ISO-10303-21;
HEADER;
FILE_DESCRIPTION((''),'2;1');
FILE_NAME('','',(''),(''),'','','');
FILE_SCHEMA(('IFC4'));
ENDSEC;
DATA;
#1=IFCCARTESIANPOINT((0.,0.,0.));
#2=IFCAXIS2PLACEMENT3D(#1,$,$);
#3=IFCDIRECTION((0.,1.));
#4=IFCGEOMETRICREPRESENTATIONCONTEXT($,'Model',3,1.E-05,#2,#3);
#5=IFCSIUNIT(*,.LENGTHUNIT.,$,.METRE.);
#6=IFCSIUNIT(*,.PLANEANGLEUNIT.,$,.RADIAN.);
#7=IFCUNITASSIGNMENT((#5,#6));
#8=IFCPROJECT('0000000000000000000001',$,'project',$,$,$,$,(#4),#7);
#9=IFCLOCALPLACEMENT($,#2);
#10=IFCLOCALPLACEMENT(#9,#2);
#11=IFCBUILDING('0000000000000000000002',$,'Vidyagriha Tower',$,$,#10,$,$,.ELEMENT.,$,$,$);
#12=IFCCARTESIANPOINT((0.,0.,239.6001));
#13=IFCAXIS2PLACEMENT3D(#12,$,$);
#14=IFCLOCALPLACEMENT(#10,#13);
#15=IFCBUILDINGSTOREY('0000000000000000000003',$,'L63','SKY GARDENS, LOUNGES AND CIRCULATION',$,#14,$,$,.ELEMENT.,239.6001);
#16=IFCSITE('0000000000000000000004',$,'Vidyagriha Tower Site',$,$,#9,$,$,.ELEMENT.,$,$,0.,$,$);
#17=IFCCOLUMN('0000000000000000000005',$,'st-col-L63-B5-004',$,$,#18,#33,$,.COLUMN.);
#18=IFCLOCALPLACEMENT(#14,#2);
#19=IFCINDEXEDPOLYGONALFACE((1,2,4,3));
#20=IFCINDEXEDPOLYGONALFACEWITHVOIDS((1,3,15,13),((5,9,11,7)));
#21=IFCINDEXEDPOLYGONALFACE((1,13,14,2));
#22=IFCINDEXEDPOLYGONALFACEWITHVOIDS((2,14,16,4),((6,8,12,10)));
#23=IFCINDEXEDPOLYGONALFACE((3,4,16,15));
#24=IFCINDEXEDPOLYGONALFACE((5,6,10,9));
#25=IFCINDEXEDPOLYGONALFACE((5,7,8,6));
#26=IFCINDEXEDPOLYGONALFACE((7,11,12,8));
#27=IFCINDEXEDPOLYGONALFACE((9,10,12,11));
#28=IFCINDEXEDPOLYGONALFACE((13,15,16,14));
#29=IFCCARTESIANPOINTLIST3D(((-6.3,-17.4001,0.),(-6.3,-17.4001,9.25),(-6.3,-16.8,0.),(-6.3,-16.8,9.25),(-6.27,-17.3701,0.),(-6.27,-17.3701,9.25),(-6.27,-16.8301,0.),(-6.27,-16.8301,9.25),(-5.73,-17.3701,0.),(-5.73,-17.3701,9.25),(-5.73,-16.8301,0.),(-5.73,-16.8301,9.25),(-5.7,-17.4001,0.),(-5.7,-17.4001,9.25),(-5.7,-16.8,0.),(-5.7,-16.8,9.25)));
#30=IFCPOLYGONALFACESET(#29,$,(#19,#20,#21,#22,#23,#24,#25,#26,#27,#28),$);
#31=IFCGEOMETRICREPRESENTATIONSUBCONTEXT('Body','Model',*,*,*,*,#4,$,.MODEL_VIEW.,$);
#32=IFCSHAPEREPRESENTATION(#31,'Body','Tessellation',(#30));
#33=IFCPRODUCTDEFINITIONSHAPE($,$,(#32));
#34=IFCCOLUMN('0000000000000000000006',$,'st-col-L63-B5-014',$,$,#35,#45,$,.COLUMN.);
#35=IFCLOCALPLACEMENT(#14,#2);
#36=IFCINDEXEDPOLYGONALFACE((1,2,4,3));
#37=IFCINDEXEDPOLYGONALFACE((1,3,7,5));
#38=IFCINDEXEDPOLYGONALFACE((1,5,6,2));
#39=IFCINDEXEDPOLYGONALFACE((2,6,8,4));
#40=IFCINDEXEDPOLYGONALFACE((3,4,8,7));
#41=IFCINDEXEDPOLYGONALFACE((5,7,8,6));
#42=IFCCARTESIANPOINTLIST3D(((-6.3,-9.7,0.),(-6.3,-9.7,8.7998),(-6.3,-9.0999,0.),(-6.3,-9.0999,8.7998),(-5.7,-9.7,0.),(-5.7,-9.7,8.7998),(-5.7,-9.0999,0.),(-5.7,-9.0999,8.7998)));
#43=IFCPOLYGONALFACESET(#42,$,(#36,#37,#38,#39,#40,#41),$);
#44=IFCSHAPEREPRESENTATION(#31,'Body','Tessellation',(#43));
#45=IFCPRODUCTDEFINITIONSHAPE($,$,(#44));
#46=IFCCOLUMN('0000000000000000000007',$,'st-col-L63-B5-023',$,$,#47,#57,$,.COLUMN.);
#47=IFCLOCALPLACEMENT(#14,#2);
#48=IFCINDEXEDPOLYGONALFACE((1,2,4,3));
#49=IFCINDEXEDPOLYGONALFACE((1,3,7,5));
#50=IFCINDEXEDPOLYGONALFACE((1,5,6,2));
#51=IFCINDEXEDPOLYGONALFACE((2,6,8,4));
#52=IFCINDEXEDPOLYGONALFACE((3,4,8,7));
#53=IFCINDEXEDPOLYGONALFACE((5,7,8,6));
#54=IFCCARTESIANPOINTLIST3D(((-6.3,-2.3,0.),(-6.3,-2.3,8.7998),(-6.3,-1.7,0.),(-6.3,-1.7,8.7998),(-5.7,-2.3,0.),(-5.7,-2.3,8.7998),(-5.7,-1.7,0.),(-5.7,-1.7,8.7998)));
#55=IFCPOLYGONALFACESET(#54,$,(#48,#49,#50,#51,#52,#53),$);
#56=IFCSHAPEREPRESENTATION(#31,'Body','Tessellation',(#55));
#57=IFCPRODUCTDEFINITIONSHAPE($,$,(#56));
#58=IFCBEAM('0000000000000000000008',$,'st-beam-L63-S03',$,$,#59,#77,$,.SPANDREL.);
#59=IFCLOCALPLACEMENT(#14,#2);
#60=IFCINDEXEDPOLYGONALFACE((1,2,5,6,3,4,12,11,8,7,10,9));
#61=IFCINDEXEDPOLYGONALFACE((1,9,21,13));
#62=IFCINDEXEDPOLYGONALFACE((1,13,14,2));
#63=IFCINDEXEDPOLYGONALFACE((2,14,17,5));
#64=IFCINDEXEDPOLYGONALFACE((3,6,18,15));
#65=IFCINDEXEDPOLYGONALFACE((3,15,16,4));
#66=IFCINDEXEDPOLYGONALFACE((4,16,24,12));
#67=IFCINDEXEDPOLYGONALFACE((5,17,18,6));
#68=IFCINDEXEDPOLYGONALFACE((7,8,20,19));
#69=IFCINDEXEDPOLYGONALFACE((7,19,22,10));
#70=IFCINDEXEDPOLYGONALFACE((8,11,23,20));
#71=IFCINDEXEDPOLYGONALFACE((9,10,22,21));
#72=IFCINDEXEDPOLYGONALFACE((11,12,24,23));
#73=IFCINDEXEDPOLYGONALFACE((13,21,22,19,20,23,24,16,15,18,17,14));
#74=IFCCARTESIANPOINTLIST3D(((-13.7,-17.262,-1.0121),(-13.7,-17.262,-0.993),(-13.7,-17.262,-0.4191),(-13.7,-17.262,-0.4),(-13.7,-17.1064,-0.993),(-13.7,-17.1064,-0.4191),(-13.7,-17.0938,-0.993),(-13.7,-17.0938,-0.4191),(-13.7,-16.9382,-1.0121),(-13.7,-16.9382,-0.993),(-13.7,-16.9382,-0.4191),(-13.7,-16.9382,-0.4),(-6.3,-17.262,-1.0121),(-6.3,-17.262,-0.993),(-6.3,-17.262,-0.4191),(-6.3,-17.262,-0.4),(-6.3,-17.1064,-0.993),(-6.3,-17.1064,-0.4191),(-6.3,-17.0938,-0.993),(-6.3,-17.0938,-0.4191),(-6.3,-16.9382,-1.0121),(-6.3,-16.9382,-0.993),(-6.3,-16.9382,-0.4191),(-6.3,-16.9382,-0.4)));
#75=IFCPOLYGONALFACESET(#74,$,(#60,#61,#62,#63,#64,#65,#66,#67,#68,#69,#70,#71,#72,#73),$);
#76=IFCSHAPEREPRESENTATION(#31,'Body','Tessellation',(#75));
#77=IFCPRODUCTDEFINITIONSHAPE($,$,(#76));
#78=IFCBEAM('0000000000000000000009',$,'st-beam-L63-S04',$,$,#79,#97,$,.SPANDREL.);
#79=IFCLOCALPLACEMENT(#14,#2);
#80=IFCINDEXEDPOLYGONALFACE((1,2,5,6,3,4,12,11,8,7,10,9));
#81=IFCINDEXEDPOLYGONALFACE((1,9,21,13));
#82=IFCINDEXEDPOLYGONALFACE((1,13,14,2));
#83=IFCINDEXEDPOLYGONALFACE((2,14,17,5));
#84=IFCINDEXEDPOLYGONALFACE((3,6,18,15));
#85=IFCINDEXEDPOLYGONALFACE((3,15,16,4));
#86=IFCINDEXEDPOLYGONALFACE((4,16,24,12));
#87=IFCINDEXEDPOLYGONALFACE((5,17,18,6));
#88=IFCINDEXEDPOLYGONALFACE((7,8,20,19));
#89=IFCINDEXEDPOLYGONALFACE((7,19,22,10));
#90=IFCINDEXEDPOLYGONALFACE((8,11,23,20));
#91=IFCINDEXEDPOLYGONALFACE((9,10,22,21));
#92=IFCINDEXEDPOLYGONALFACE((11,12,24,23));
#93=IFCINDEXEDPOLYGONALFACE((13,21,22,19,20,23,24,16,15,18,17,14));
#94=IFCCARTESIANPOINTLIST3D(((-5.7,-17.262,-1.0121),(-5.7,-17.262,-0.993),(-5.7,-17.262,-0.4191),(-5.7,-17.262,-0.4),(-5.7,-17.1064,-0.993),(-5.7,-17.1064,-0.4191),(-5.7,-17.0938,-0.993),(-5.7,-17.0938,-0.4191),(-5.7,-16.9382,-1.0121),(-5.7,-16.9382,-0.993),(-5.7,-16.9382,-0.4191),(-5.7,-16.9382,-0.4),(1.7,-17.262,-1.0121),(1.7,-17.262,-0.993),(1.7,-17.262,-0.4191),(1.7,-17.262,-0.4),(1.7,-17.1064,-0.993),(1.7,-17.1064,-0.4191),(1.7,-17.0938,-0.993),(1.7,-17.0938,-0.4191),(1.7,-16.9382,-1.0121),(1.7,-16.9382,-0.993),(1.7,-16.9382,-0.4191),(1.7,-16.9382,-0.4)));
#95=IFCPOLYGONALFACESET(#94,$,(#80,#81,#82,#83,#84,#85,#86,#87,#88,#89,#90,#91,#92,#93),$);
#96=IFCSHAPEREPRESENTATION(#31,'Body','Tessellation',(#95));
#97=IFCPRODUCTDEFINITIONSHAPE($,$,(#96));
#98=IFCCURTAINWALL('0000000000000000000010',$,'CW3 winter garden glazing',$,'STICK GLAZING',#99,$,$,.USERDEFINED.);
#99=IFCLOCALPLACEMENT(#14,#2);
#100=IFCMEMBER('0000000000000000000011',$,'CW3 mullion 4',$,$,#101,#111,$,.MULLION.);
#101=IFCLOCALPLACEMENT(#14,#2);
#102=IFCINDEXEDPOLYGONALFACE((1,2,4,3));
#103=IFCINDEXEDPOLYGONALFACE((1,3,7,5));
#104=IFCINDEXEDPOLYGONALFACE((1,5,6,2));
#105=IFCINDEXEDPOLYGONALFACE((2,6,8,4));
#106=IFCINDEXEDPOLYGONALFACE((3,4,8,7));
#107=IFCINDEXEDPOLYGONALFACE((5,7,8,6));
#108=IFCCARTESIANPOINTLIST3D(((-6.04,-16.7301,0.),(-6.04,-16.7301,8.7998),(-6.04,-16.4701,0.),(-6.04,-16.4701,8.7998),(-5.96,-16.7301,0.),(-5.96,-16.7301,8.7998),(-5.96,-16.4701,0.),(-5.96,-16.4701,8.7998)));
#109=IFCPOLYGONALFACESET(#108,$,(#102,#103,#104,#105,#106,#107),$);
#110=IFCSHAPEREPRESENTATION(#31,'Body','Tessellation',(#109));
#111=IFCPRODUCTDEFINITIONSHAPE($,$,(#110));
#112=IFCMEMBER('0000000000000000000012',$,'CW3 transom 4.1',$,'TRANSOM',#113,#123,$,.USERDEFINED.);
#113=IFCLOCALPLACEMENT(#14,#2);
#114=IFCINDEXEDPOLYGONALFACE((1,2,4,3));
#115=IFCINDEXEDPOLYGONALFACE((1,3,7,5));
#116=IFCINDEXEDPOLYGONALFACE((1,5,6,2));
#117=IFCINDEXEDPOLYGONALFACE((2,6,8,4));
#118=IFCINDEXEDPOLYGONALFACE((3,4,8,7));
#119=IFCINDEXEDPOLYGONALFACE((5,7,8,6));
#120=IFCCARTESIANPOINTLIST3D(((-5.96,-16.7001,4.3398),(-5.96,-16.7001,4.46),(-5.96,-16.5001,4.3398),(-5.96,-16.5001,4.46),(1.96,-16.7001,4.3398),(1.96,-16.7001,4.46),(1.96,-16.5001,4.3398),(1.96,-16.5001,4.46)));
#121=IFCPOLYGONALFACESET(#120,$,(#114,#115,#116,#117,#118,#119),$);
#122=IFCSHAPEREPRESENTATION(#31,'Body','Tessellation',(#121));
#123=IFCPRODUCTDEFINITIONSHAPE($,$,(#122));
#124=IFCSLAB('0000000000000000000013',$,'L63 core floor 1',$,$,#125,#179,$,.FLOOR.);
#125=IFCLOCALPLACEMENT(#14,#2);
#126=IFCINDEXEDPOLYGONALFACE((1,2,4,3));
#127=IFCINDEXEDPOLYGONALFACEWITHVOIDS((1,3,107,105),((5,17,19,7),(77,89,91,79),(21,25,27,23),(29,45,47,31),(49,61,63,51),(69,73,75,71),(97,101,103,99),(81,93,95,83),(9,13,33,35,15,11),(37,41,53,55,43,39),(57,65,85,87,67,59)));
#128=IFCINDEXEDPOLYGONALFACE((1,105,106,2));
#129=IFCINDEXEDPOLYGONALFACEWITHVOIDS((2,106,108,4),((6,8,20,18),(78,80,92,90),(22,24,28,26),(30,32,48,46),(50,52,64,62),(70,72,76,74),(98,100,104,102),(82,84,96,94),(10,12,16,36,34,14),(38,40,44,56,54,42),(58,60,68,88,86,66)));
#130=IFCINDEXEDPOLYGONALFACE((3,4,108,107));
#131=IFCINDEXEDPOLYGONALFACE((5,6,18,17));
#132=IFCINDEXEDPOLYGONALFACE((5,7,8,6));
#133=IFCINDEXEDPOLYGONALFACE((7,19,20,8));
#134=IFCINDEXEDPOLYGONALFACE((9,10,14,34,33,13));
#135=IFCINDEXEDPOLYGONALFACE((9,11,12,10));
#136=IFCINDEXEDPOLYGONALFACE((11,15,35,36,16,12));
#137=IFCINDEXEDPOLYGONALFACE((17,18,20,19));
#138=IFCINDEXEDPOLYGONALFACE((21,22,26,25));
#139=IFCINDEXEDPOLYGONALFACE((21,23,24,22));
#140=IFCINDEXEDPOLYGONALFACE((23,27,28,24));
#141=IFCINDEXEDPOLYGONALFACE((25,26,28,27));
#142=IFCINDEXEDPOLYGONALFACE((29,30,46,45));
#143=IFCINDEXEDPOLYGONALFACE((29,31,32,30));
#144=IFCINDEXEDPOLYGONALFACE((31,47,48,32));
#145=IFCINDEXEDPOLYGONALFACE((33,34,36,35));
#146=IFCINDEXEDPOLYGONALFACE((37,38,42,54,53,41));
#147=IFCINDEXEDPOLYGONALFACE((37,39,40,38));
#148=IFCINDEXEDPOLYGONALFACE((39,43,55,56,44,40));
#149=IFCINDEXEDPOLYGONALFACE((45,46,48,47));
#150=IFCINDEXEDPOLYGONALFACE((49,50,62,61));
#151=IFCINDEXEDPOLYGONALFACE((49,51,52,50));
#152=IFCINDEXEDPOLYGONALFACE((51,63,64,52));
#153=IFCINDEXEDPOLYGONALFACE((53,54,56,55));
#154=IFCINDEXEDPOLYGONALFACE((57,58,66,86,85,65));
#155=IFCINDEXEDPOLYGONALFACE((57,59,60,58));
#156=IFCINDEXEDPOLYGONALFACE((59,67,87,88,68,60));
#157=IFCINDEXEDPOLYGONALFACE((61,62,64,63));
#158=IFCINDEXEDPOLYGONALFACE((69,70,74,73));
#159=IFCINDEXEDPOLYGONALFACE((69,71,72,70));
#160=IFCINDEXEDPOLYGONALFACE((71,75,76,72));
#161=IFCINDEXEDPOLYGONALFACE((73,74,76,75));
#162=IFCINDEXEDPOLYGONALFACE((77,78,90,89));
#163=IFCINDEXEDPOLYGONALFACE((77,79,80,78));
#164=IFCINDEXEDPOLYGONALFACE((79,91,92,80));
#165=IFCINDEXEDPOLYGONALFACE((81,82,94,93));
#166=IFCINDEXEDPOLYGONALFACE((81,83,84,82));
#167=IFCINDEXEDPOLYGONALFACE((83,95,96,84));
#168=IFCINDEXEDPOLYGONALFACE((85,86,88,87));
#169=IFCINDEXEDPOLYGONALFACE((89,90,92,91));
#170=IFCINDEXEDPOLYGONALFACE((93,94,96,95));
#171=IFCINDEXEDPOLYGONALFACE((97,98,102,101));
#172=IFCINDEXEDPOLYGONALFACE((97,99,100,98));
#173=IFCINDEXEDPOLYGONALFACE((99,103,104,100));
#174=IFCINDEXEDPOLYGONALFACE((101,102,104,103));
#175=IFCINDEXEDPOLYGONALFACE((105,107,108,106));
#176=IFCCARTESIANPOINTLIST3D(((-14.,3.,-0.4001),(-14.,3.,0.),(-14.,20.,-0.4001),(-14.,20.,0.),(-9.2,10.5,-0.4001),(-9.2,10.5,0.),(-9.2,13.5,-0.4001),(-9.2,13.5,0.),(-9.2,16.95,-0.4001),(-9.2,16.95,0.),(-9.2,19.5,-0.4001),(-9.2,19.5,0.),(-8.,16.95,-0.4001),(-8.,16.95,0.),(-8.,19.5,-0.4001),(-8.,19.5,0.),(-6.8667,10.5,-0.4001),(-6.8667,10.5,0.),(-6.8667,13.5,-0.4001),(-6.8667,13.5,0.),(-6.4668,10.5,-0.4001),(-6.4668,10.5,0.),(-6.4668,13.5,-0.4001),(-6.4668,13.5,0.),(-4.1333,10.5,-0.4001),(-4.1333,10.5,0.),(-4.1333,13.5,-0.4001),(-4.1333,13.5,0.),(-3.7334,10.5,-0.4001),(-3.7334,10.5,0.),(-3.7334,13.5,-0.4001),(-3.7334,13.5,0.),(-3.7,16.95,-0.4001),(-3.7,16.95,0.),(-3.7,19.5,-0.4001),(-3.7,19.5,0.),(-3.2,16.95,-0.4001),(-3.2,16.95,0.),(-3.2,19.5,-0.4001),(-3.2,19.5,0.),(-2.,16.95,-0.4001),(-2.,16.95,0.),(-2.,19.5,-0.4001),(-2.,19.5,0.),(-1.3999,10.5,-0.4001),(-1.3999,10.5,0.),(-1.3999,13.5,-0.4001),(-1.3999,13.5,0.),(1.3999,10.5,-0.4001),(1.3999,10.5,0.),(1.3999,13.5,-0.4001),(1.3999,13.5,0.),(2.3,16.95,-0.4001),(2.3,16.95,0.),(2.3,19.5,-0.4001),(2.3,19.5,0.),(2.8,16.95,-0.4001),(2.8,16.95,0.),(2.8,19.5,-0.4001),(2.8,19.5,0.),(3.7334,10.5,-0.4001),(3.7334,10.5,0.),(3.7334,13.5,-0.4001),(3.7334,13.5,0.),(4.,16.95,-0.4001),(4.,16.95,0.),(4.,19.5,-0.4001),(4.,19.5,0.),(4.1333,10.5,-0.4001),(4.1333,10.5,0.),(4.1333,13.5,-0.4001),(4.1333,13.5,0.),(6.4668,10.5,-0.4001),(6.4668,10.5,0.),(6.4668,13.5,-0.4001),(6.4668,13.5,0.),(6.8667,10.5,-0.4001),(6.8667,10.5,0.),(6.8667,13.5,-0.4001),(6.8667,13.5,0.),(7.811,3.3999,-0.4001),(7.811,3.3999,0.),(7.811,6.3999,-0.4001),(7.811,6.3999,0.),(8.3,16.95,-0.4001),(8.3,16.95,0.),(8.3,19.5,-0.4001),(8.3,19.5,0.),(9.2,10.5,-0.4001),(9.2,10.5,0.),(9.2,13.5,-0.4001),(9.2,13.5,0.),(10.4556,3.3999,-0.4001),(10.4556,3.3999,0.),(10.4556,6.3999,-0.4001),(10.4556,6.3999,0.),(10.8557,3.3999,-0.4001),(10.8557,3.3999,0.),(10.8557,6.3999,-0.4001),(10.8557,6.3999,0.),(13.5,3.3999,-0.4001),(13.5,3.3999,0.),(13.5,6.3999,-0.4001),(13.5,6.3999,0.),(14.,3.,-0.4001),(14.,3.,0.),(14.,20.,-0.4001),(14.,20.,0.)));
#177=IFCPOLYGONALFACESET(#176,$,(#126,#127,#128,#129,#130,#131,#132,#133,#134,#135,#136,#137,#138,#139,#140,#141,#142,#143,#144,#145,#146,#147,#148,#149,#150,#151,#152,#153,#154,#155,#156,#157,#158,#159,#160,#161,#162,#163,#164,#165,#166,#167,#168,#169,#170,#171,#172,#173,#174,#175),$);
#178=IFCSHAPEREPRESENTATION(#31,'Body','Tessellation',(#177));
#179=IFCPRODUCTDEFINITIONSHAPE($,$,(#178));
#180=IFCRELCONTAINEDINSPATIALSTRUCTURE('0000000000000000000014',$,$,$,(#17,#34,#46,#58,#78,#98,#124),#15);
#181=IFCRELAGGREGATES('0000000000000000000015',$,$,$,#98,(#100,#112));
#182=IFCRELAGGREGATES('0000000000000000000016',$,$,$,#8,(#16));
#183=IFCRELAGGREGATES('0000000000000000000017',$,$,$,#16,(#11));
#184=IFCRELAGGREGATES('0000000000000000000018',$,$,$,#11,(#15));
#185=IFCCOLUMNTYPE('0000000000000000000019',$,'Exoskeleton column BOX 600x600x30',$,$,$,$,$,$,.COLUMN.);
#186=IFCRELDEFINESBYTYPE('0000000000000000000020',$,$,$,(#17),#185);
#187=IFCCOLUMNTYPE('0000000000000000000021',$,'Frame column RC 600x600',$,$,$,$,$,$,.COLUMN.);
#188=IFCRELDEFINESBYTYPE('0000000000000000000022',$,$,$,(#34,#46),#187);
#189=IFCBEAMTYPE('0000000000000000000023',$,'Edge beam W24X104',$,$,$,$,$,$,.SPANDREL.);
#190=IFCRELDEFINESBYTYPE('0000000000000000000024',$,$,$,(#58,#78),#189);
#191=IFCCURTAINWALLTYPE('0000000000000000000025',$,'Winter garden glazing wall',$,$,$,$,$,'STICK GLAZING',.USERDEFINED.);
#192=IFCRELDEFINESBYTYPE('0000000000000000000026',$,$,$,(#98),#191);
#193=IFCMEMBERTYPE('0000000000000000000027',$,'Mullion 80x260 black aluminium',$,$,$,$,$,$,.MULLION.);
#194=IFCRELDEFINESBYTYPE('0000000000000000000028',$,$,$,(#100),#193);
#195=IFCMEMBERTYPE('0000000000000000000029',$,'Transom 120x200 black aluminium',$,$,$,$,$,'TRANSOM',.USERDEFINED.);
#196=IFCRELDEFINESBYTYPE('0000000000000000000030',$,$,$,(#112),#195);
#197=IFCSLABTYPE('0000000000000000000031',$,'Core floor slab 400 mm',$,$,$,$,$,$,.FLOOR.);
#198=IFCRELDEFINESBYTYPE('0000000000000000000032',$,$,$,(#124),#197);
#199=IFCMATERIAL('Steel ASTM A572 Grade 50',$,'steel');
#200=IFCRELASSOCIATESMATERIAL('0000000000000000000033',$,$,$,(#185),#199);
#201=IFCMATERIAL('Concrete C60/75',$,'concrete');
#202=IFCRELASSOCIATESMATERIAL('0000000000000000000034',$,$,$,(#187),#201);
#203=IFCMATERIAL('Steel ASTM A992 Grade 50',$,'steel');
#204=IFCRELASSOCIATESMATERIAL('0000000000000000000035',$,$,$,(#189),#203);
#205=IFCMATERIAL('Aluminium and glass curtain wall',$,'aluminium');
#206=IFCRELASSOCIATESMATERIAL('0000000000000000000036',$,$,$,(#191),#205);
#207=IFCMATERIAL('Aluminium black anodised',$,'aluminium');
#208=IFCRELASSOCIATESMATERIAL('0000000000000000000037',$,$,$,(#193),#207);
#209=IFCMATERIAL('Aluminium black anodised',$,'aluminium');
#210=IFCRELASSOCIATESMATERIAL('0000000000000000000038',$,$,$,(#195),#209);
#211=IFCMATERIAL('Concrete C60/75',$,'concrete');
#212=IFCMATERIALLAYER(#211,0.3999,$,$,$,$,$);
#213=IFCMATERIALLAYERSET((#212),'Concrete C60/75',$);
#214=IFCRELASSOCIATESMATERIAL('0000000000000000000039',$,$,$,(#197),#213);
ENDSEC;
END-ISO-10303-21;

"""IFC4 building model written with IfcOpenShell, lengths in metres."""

from ifc_helpers import new_model, si_unit, direction, frame, origin, origin_2d, place, context, subcontext, project, spatial, polyline, rectangle, hollow_rectangle, i_section, outline, extrude, material, layer, layer_set, material_profile, profile_set, type_object, element, aggregate, save


model = new_model("IFC4")

# Units and contexts
model_context = context("Model", 3, precision=1e-05, world=origin(), true_north=direction((0.0, 1.0)))
body_context = subcontext(model_context, "Body", "Model", "MODEL_VIEW")
ifc_project = project(units=[si_unit("LENGTHUNIT", "METRE"), si_unit("PLANEANGLEUNIT", "RADIAN")], contexts=[model_context])

# Site, building, storey
site_placement = place(None, origin())
site = spatial("IfcSite", under=ifc_project, at=site_placement, Name="Vidyagriha Tower Site", CompositionType="ELEMENT", RefElevation=0.0)
building_placement = place(site_placement, origin())
building = spatial("IfcBuilding", under=site, at=building_placement, Name="Vidyagriha Tower", CompositionType="ELEMENT")
storey_placement = place(building_placement, frame((0.0, 0.0, 239.6001)))
storey = spatial("IfcBuildingStorey", under=building, at=storey_placement, Name="L63", Description="SKY GARDENS, LOUNGES AND CIRCULATION", CompositionType="ELEMENT", Elevation=239.6001)

# Columns
ifc_material_1 = material(Name="Steel ASTM A572 Grade 50", Category="steel")
ifc_material_profile_1 = material_profile(ifc_material_1, hollow_rectangle(XDim=0.6001, YDim=0.6001, WallThickness=0.03, at=origin_2d()), Name="BOX 600x600x30")
ifc_profile_set_1 = profile_set([ifc_material_profile_1], Name="Steel ASTM A572 Grade 50")
column_type_1 = type_object("IfcColumnType", Name="Exoskeleton column BOX 600x600x30", PredefinedType="COLUMN", material=ifc_profile_set_1)
column_placement = place(storey_placement, frame((-6.0, -17.1001, 0.0)))
element("IfcColumn", 1, at=column_placement, inside=storey, type_object=column_type_1, Name="st-col-L63-B5-004", PredefinedType="COLUMN", context=body_context, shape_type="SweptSolid", body=[
    extrude(hollow_rectangle(XDim=0.6001, YDim=0.6001, WallThickness=0.03, at=origin_2d()), origin(), (0.0, 0.0, 1.0), 9.25),
])
ifc_material_2 = material(Name="Concrete C60/75", Category="concrete")
ifc_material_profile_2 = material_profile(ifc_material_2, rectangle(XDim=0.6001, YDim=0.6001, at=origin_2d()), Name="RC 600x600")
ifc_profile_set_2 = profile_set([ifc_material_profile_2], Name="Concrete C60/75")
column_type_2 = type_object("IfcColumnType", Name="Frame column RC 600x600", PredefinedType="COLUMN", material=ifc_profile_set_2)
for number, where, name in (
    (2, (-6.0, -9.3999, 0.0), "st-col-L63-B5-014"),
    (3, (-6.0, -2.0, 0.0), "st-col-L63-B5-023"),
):
    element("IfcColumn", number, at=place(storey_placement, frame(where)), inside=storey, type_object=column_type_2, Name=name, PredefinedType="COLUMN", context=body_context, shape_type="SweptSolid", body=[
        extrude(rectangle(XDim=0.6001, YDim=0.6001, at=origin_2d()), origin(), (0.0, 0.0, 1.0), 8.7998),
    ])

# Beams
ifc_material_3 = material(Name="Steel ASTM A992 Grade 50", Category="steel")
ifc_material_profile_3 = material_profile(ifc_material_3, i_section(OverallWidth=0.3237, OverallDepth=0.6121, WebThickness=0.0127, FlangeThickness=0.019, at=origin_2d()), Name="W24X104")
ifc_profile_set_3 = profile_set([ifc_material_profile_3], Name="Steel ASTM A992 Grade 50")
beam_type = type_object("IfcBeamType", Name="Edge beam W24X104", PredefinedType="SPANDREL", material=ifc_profile_set_3)
for number, where, z_axis, x_axis, name in (
    (4, (-13.7, -17.1001, -0.7061), (1.0, 0.0, 0.0), (0.0, 1.0, 0.0), "st-beam-L63-S03"),
    (5, (-5.7, -17.1001, -0.7061), (1.0, 0.0, 0.0), (0.0, 1.0, 0.0), "st-beam-L63-S04"),
):
    element("IfcBeam", number, at=place(storey_placement, frame(where, z_axis=z_axis, x_axis=x_axis)), inside=storey, type_object=beam_type, Name=name, PredefinedType="SPANDREL", context=body_context, shape_type="SweptSolid", body=[
        extrude(i_section(OverallWidth=0.3237, OverallDepth=0.6121, WebThickness=0.0127, FlangeThickness=0.019, at=origin_2d()), origin(), (0.0, 0.0, 1.0), 7.3999),
    ])

# Curtain wall, members
ifc_material_4 = material(Name="Aluminium and glass curtain wall", Category="aluminium")
curtain_wall_type = type_object("IfcCurtainWallType", Name="Winter garden glazing wall", ElementType="STICK GLAZING", PredefinedType="USERDEFINED", material=ifc_material_4)
curtain_wall_placement = place(storey_placement, origin())
curtain_wall = element("IfcCurtainWall", 6, at=curtain_wall_placement, inside=storey, type_object=curtain_wall_type, Name="CW3 winter garden glazing", ObjectType="STICK GLAZING", PredefinedType="USERDEFINED")
ifc_material_5 = material(Name="Aluminium black anodised", Category="aluminium")
ifc_material_profile_4 = material_profile(ifc_material_5, rectangle(XDim=0.26, YDim=0.0801, at=origin_2d()), Name="Mullion 80x260 black aluminium")
ifc_profile_set_4 = profile_set([ifc_material_profile_4], Name="Aluminium black anodised")
member_type_1 = type_object("IfcMemberType", Name="Mullion 80x260 black aluminium", PredefinedType="MULLION", material=ifc_profile_set_4)
member_1_placement = place(storey_placement, frame((-6.0, -16.6001, 0.0), z_axis=(0.0, 0.0, 1.0), x_axis=(0.0, 1.0, 0.0)))
member_1 = element("IfcMember", 7, at=member_1_placement, type_object=member_type_1, Name="CW3 mullion 4", PredefinedType="MULLION", context=body_context, shape_type="SweptSolid", body=[
    extrude(rectangle(XDim=0.26, YDim=0.0801, at=origin_2d()), origin(), (0.0, 0.0, 1.0), 8.7998),
])
ifc_material_6 = material(Name="Aluminium black anodised", Category="aluminium")
ifc_material_profile_5 = material_profile(ifc_material_6, rectangle(XDim=0.2, YDim=0.1201, at=origin_2d()), Name="Transom 120x200 black aluminium")
ifc_profile_set_5 = profile_set([ifc_material_profile_5], Name="Aluminium black anodised")
member_type_2 = type_object("IfcMemberType", Name="Transom 120x200 black aluminium", ElementType="TRANSOM", PredefinedType="USERDEFINED", material=ifc_profile_set_5)
member_2_placement = place(storey_placement, frame((-5.96, -16.6001, 4.3999), z_axis=(1.0, 0.0, 0.0), x_axis=(0.0, 1.0, 0.0)))
member_2 = element("IfcMember", 8, at=member_2_placement, type_object=member_type_2, Name="CW3 transom 4.1", ObjectType="TRANSOM", PredefinedType="USERDEFINED", context=body_context, shape_type="SweptSolid", body=[
    extrude(rectangle(XDim=0.2, YDim=0.1201, at=origin_2d()), origin(), (0.0, 0.0, 1.0), 7.9199),
])

# Slab
ifc_material_7 = material(Name="Concrete C60/75", Category="concrete")
ifc_layer_1 = layer(ifc_material_7, 0.3999)
ifc_layer_set_1 = layer_set([ifc_layer_1], Name="Concrete C60/75")
slab_type_1 = type_object("IfcSlabType", Name="Core floor slab 400 mm", PredefinedType="FLOOR", material=ifc_layer_set_1)
slab_1_placement = place(storey_placement, frame((0.0, 0.0, -0.4001)))
element("IfcSlab", 9, at=slab_1_placement, inside=storey, type_object=slab_type_1, Name="L63 core floor 1", PredefinedType="FLOOR", context=body_context, shape_type="SweptSolid", body=[
    extrude(outline(polyline([(-14.0, 3.0), (-14.0, 20.0), (14.0, 20.0), (14.0, 3.0), (-14.0, 3.0)]), holes=[polyline([(13.5, 6.3999), (10.8557, 6.3999), (10.8557, 3.3999), (13.5, 3.3999), (13.5, 6.3999)]), polyline([(7.811, 6.3999), (7.811, 3.3999), (10.4556, 3.3999), (10.4556, 6.3999), (7.811, 6.3999)]), polyline([(9.2, 13.5), (6.8667, 13.5), (6.8667, 10.5), (9.2, 10.5), (9.2, 13.5)]), polyline([(4.0, 19.5), (2.8, 19.5), (2.8, 16.95), (4.0, 16.95), (8.3, 16.95), (8.3, 19.5), (4.0, 19.5)]), polyline([(6.4668, 13.5), (4.1333, 13.5), (4.1333, 10.5), (6.4668, 10.5), (6.4668, 13.5)]), polyline([(3.7334, 13.5), (1.3999, 13.5), (1.3999, 10.5), (3.7334, 10.5), (3.7334, 13.5)]), polyline([(-2.0, 19.5), (-3.2, 19.5), (-3.2, 16.95), (-2.0, 16.95), (2.3, 16.95), (2.3, 19.5), (-2.0, 19.5)]), polyline([(-1.3999, 13.5), (-3.7334, 13.5), (-3.7334, 10.5), (-1.3999, 10.5), (-1.3999, 13.5)]), polyline([(-8.0, 19.5), (-9.2, 19.5), (-9.2, 16.95), (-8.0, 16.95), (-3.7, 16.95), (-3.7, 19.5), (-8.0, 19.5)]), polyline([(-4.1333, 13.5), (-6.4668, 13.5), (-6.4668, 10.5), (-4.1333, 10.5), (-4.1333, 13.5)]), polyline([(-9.2, 13.5), (-9.2, 10.5), (-6.8667, 10.5), (-6.8667, 13.5), (-9.2, 13.5)])]), origin(), (0.0, 0.0, 1.0), 0.4001),
])

aggregate(curtain_wall, [member_1, member_2])

save(model, "model.ifc")
